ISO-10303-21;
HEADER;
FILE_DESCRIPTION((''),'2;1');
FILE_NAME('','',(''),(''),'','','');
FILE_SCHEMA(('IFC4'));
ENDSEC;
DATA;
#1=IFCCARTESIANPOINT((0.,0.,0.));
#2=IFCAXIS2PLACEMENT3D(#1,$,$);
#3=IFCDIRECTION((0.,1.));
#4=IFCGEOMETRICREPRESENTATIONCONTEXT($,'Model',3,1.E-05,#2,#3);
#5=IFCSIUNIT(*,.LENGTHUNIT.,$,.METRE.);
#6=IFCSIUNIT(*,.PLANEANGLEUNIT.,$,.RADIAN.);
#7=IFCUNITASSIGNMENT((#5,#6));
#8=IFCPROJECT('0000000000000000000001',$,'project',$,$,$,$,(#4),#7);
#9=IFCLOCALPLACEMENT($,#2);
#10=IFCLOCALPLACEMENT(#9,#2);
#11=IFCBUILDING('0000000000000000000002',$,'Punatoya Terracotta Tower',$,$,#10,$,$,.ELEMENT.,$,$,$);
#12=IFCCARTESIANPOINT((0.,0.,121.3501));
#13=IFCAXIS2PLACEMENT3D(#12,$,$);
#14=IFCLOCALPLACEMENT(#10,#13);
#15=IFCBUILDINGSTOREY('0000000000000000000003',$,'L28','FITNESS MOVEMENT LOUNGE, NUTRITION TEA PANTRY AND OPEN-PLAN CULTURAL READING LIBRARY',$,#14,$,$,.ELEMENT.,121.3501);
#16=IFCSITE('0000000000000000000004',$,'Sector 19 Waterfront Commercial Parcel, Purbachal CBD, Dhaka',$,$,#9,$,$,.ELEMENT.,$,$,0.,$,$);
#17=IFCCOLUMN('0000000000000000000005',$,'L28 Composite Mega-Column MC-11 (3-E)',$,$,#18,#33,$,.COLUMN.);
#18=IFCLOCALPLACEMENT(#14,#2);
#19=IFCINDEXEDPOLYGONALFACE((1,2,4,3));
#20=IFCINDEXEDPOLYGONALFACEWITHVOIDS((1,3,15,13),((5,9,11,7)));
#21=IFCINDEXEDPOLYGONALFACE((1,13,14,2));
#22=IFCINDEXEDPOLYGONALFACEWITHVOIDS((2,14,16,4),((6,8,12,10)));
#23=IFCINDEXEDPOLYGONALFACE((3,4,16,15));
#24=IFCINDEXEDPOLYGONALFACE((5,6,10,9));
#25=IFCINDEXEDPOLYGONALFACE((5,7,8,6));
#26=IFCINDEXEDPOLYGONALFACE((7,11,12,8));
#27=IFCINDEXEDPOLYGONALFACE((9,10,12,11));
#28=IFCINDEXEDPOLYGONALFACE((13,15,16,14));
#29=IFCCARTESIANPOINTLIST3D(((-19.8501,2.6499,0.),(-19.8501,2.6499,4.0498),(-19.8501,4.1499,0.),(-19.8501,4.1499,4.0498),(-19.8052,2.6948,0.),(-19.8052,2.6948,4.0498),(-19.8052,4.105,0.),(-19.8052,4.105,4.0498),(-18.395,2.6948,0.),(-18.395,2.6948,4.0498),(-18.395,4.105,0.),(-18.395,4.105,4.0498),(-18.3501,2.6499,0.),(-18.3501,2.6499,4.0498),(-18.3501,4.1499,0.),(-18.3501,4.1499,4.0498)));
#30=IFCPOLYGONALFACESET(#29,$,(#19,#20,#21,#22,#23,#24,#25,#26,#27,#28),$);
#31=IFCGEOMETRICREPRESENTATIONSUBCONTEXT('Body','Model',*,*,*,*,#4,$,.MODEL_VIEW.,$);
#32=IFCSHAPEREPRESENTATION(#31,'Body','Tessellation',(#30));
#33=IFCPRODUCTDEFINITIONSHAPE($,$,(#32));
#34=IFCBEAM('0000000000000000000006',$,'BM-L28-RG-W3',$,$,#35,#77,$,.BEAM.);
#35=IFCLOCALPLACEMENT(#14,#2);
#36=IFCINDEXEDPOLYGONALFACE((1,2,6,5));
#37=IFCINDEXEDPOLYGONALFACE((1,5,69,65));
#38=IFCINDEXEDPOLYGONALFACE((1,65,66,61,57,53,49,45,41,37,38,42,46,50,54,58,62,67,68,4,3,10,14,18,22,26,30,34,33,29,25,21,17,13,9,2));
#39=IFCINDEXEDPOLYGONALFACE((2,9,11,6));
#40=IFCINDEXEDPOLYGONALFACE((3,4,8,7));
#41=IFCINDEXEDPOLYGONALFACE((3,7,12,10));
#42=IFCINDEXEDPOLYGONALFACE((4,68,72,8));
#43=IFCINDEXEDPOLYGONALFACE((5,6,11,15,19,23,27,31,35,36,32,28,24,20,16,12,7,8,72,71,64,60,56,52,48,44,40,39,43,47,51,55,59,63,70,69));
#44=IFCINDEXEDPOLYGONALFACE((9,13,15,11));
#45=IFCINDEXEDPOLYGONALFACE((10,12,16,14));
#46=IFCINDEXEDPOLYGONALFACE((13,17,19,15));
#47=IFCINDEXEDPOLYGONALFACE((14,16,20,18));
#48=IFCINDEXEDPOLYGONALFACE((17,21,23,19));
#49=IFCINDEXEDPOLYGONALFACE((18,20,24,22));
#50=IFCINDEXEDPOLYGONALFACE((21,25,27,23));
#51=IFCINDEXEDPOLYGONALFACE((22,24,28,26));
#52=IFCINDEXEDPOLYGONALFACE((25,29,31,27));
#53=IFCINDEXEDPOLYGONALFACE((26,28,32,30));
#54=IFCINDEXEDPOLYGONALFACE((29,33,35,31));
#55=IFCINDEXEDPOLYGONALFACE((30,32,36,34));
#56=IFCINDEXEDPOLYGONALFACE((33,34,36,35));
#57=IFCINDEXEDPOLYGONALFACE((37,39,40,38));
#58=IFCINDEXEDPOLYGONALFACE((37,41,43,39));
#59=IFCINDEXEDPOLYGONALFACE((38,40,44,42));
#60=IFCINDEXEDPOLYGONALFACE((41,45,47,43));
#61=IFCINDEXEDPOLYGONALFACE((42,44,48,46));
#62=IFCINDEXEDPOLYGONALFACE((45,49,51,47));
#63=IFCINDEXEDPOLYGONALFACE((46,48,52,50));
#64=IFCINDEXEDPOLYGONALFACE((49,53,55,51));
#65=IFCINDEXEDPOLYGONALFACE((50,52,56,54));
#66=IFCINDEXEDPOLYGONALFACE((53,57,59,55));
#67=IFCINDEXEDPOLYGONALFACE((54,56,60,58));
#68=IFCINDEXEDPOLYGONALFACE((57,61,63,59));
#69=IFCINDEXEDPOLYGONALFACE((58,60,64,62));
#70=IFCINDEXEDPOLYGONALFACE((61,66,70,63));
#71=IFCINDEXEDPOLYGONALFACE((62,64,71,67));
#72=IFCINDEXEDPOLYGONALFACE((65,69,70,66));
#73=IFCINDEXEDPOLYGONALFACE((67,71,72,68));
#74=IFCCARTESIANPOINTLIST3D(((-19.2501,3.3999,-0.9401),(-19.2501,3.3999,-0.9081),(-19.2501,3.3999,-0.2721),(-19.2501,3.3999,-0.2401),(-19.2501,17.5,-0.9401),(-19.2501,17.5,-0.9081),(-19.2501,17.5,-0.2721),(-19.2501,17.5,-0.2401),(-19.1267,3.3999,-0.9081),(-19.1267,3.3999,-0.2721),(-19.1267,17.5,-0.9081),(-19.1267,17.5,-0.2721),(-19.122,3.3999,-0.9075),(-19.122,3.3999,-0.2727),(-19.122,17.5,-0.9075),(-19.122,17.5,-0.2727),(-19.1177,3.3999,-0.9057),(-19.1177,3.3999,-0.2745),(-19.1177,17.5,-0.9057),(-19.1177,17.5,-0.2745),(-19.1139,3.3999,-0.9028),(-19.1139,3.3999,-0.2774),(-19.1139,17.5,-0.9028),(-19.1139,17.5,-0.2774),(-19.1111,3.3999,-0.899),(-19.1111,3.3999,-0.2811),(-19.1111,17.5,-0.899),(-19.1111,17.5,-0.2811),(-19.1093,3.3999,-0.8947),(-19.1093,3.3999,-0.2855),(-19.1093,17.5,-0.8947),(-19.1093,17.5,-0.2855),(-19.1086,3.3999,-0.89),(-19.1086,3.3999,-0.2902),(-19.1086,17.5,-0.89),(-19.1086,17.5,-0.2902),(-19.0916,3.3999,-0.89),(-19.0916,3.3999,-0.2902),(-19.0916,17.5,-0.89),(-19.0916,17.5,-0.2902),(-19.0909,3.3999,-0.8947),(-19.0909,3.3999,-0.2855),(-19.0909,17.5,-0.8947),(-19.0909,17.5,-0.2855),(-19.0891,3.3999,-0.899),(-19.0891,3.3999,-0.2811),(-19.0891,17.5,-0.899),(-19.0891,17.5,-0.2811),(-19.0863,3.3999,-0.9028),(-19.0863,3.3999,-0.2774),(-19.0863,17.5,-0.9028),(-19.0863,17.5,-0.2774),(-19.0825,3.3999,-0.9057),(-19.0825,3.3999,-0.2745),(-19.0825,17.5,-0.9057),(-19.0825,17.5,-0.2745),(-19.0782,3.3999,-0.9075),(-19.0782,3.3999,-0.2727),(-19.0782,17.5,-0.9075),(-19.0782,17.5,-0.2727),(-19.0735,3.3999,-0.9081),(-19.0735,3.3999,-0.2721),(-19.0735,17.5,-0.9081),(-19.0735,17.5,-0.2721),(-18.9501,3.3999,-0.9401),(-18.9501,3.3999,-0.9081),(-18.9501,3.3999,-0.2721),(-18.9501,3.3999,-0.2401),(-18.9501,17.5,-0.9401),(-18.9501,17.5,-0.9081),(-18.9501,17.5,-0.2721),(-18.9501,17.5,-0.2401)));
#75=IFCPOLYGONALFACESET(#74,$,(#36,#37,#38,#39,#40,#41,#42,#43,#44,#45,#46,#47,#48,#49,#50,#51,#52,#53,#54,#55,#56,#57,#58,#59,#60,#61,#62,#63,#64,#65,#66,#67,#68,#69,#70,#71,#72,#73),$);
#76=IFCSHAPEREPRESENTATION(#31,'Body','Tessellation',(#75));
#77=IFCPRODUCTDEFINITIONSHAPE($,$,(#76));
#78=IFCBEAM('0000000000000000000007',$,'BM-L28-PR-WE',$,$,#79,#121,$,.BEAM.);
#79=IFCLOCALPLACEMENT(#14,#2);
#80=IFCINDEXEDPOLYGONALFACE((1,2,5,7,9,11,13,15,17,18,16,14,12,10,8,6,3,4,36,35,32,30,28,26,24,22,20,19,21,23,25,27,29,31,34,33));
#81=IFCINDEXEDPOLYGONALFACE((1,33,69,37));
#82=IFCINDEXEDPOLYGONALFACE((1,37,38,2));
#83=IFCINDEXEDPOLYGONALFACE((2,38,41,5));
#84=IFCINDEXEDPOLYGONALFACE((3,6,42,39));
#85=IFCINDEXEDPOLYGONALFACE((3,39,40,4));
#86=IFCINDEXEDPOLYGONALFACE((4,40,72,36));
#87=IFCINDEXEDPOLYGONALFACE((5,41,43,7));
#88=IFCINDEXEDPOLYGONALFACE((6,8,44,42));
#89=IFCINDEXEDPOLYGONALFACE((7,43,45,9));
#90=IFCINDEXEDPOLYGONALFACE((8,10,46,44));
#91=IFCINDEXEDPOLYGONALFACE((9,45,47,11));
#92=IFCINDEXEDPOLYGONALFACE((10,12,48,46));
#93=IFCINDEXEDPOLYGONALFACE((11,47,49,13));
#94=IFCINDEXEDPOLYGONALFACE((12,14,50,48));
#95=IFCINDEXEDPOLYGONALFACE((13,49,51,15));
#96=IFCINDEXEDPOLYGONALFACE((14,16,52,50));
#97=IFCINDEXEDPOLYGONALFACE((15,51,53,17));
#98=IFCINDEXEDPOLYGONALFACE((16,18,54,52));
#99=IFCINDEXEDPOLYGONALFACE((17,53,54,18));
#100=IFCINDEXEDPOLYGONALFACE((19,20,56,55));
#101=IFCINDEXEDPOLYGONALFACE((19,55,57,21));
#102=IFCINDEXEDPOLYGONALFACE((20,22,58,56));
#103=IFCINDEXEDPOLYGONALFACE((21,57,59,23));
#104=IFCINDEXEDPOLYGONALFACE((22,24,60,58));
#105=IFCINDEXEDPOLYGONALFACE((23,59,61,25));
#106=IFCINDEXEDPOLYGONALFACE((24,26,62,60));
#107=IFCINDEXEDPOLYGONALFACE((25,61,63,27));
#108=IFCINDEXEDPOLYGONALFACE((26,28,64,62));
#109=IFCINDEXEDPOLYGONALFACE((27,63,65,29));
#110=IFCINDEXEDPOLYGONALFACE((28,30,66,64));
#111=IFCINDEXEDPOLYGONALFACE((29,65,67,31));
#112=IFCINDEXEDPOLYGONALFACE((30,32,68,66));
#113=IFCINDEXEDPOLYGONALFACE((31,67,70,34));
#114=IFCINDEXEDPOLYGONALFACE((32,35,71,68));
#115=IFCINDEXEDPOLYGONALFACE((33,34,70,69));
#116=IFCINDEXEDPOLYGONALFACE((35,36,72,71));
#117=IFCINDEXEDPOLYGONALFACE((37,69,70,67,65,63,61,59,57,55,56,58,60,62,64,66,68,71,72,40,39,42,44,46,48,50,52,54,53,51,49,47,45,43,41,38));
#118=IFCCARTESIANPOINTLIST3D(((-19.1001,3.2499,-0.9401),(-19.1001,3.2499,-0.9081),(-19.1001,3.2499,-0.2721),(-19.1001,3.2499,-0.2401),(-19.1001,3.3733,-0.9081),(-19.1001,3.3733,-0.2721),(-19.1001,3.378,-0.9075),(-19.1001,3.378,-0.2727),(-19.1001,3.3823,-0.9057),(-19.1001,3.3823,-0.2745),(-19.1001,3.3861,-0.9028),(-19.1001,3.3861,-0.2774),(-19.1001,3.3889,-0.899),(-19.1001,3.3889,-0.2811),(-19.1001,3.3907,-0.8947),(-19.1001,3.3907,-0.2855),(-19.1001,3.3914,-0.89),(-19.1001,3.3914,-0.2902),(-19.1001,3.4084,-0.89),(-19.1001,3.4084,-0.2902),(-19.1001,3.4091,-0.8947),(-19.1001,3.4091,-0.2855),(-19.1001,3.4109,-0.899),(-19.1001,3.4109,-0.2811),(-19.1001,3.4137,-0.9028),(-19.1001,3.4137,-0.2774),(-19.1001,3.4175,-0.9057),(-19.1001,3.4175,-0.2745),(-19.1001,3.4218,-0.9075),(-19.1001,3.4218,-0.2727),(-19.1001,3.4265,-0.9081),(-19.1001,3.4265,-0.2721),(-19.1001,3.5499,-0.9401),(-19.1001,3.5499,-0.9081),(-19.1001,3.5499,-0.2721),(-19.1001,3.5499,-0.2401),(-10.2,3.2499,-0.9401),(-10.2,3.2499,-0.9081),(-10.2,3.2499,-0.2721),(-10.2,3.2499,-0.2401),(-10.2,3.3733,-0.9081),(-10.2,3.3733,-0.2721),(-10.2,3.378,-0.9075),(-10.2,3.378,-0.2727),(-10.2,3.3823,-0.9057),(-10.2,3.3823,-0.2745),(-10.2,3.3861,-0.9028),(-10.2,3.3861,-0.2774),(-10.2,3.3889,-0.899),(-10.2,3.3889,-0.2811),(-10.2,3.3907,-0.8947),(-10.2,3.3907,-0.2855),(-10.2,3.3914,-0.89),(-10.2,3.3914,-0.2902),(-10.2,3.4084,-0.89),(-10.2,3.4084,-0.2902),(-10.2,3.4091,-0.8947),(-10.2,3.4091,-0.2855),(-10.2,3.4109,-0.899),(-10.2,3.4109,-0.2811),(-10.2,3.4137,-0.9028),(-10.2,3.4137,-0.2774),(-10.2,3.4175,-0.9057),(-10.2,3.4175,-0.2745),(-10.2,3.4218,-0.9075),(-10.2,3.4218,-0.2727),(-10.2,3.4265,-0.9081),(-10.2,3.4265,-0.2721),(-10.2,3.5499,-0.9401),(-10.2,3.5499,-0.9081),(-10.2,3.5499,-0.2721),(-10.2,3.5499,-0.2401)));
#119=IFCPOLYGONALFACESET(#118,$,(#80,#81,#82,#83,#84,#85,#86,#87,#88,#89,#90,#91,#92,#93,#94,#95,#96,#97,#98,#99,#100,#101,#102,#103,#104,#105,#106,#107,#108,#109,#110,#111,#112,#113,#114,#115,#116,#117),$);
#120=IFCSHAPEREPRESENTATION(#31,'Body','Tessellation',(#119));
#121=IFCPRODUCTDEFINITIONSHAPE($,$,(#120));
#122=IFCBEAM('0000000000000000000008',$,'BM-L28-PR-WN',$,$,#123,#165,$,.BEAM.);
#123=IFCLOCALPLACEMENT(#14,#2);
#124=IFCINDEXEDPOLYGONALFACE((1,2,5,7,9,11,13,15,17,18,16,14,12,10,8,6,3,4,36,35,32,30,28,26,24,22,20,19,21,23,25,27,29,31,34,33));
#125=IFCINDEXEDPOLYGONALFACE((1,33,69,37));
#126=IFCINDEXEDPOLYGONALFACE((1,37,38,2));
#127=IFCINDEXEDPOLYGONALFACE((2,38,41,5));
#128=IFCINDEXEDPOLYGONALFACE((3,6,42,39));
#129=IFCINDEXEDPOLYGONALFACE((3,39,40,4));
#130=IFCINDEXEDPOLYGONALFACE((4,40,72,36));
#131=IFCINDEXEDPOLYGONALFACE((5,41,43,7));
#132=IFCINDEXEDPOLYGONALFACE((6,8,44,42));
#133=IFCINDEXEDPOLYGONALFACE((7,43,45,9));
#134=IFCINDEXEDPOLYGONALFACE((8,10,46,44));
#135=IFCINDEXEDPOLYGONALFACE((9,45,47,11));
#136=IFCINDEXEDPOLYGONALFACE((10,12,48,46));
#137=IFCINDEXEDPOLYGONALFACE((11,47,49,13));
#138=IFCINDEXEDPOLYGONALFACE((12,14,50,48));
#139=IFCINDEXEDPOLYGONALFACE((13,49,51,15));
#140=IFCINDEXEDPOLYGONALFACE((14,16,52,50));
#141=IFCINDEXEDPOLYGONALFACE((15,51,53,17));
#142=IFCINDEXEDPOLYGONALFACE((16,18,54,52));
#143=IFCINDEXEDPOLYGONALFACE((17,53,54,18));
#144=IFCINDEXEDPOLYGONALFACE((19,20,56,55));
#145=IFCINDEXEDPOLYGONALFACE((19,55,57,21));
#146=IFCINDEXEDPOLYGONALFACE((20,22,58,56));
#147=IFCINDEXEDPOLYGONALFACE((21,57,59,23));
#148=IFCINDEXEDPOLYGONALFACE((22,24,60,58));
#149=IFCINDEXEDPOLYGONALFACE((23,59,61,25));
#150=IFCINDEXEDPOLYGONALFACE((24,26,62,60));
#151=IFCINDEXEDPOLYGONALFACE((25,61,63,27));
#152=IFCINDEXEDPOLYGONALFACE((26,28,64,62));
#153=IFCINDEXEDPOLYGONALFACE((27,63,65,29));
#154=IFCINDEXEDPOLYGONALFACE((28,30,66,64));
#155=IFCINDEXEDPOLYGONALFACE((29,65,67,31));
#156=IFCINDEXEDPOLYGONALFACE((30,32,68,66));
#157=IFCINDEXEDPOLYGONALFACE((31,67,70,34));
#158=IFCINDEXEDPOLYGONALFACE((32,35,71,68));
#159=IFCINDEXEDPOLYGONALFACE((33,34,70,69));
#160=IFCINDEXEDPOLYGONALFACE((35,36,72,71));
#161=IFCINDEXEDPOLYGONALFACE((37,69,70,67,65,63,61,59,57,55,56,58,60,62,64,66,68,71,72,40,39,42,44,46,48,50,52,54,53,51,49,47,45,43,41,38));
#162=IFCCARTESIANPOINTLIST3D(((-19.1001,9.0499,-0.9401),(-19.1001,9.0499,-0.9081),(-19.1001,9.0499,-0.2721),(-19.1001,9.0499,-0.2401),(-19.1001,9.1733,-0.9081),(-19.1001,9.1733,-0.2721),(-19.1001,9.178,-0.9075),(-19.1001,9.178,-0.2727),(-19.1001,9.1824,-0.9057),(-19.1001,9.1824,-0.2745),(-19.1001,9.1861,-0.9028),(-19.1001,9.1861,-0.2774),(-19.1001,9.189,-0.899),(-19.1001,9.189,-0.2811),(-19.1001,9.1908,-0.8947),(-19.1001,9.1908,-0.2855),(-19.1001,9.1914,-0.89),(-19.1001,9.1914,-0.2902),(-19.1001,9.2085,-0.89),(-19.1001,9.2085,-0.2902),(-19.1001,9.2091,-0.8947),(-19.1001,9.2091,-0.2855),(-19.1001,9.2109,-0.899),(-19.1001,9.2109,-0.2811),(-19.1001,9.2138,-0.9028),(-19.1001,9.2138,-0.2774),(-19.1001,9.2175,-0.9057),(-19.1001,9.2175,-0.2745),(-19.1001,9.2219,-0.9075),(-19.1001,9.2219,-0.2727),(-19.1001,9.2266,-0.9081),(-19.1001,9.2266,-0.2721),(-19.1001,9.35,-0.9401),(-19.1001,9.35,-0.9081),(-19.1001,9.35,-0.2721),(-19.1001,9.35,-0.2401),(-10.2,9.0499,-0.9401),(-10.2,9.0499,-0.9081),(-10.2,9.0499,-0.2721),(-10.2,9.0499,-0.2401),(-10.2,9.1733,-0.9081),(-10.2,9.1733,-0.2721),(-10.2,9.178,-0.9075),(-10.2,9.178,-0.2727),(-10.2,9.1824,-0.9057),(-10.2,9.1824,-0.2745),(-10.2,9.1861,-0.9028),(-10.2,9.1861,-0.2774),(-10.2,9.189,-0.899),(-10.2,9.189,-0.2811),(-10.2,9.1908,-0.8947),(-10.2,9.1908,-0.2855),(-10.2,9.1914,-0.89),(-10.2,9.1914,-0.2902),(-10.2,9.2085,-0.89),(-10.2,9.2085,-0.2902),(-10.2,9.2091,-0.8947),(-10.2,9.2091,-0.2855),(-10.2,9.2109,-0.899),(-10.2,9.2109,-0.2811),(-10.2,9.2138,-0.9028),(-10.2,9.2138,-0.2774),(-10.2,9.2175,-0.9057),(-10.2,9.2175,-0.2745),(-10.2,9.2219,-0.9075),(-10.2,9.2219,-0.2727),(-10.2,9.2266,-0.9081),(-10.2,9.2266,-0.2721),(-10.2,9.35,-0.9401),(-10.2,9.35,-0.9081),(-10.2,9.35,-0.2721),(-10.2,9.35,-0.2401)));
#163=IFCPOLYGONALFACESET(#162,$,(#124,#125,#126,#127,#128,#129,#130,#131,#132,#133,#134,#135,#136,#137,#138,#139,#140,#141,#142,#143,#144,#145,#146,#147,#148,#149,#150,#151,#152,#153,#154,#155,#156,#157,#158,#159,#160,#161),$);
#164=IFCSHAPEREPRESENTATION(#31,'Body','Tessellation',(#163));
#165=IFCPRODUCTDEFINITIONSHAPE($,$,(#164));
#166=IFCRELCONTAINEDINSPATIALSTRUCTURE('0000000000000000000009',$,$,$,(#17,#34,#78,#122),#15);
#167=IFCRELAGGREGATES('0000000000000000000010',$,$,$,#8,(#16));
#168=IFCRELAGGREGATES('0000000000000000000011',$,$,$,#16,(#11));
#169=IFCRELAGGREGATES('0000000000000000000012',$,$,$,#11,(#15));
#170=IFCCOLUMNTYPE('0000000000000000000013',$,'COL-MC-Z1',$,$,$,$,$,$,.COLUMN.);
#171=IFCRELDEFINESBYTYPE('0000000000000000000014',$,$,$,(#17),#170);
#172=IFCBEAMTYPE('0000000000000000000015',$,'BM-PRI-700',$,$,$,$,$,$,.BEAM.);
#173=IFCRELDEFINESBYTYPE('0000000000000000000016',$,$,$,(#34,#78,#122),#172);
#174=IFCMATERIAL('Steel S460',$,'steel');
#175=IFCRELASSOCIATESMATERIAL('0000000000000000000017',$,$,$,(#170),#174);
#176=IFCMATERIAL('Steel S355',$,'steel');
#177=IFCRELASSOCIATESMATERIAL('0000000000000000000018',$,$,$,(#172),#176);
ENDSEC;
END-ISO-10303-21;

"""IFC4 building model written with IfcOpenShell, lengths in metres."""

from ifc_helpers import new_model, si_unit, direction, frame, origin, origin_2d, place, context, subcontext, project, spatial, hollow_rectangle, i_section, extrude, material, material_profile, profile_set, type_object, element, save


model = new_model("IFC4")

# Units and contexts
model_context = context("Model", 3, precision=1e-05, world=origin(), true_north=direction((0.0, 1.0)))
body_context = subcontext(model_context, "Body", "Model", "MODEL_VIEW")
ifc_project = project(units=[si_unit("LENGTHUNIT", "METRE"), si_unit("PLANEANGLEUNIT", "RADIAN")], contexts=[model_context])

# Site, building, storey
site_placement = place(None, origin())
site = spatial("IfcSite", under=ifc_project, at=site_placement, Name="Sector 19 Waterfront Commercial Parcel, Purbachal CBD, Dhaka", CompositionType="ELEMENT", RefElevation=0.0)
building_placement = place(site_placement, origin())
building = spatial("IfcBuilding", under=site, at=building_placement, Name="Punatoya Terracotta Tower", CompositionType="ELEMENT")
storey_placement = place(building_placement, frame((0.0, 0.0, 121.3501)))
storey = spatial("IfcBuildingStorey", under=building, at=storey_placement, Name="L28", Description="FITNESS MOVEMENT LOUNGE, NUTRITION TEA PANTRY AND OPEN-PLAN CULTURAL READING LIBRARY", CompositionType="ELEMENT", Elevation=121.3501)

# Column
ifc_material_1 = material(Name="Steel S460", Category="steel")
ifc_material_profile_1 = material_profile(ifc_material_1, hollow_rectangle(XDim=1.5, YDim=1.5, WallThickness=0.0449, at=origin_2d()))
ifc_profile_set_1 = profile_set([ifc_material_profile_1], Name="Steel S460")
column_type = type_object("IfcColumnType", Name="COL-MC-Z1", PredefinedType="COLUMN", material=ifc_profile_set_1)
column_placement = place(storey_placement, frame((-19.1001, 3.3999, 0.0), z_axis=(0.0, 0.0, 1.0), x_axis=(1.0, 0.0, 0.0)))
element("IfcColumn", 1, at=column_placement, inside=storey, type_object=column_type, Name="L28 Composite Mega-Column MC-11 (3-E)", PredefinedType="COLUMN", context=body_context, shape_type="SweptSolid", body=[
    extrude(hollow_rectangle(XDim=1.5, YDim=1.5, WallThickness=0.0449, at=origin_2d()), origin(), (0.0, 0.0, 1.0), 4.0498),
])

# Beams
ifc_material_2 = material(Name="Steel S355", Category="steel")
ifc_material_profile_2 = material_profile(ifc_material_2, i_section(OverallWidth=0.3, OverallDepth=0.7, WebThickness=0.0171, FlangeThickness=0.032, FilletRadius=0.0181, at=origin_2d()))
ifc_profile_set_2 = profile_set([ifc_material_profile_2], Name="Steel S355")
beam_type_1 = type_object("IfcBeamType", Name="BM-PRI-700", PredefinedType="BEAM", material=ifc_profile_set_2)
beam_1_placement = place(storey_placement, frame((-19.1001, 3.3999, -0.5901), z_axis=(0.0, 1.0, 0.0), x_axis=(-1.0, 0.0, 0.0)))
element("IfcBeam", 2, at=beam_1_placement, inside=storey, type_object=beam_type_1, Name="BM-L28-RG-W3", PredefinedType="BEAM", context=body_context, shape_type="SweptSolid", body=[
    extrude(i_section(OverallWidth=0.3, OverallDepth=0.7, WebThickness=0.0171, FlangeThickness=0.032, FilletRadius=0.0181, at=origin_2d()), origin(), (0.0, 0.0, 1.0), 14.1001),
])
for number, where, z_axis, x_axis, name in (
    (3, (-19.1001, 3.3999, -0.5901), (1.0, 0.0, 0.0), (0.0, 1.0, 0.0), "BM-L28-PR-WE"),
    (4, (-19.1001, 9.2, -0.5901), (1.0, 0.0, 0.0), (0.0, 1.0, 0.0), "BM-L28-PR-WN"),
):
    element("IfcBeam", number, at=place(storey_placement, frame(where, z_axis=z_axis, x_axis=x_axis)), inside=storey, type_object=beam_type_1, Name=name, PredefinedType="BEAM", context=body_context, shape_type="SweptSolid", body=[
        extrude(i_section(OverallWidth=0.3, OverallDepth=0.7, WebThickness=0.0171, FlangeThickness=0.032, FilletRadius=0.0181, at=origin_2d()), origin(), (0.0, 0.0, 1.0), 8.9001),
    ])

save(model, "model.ifc")
